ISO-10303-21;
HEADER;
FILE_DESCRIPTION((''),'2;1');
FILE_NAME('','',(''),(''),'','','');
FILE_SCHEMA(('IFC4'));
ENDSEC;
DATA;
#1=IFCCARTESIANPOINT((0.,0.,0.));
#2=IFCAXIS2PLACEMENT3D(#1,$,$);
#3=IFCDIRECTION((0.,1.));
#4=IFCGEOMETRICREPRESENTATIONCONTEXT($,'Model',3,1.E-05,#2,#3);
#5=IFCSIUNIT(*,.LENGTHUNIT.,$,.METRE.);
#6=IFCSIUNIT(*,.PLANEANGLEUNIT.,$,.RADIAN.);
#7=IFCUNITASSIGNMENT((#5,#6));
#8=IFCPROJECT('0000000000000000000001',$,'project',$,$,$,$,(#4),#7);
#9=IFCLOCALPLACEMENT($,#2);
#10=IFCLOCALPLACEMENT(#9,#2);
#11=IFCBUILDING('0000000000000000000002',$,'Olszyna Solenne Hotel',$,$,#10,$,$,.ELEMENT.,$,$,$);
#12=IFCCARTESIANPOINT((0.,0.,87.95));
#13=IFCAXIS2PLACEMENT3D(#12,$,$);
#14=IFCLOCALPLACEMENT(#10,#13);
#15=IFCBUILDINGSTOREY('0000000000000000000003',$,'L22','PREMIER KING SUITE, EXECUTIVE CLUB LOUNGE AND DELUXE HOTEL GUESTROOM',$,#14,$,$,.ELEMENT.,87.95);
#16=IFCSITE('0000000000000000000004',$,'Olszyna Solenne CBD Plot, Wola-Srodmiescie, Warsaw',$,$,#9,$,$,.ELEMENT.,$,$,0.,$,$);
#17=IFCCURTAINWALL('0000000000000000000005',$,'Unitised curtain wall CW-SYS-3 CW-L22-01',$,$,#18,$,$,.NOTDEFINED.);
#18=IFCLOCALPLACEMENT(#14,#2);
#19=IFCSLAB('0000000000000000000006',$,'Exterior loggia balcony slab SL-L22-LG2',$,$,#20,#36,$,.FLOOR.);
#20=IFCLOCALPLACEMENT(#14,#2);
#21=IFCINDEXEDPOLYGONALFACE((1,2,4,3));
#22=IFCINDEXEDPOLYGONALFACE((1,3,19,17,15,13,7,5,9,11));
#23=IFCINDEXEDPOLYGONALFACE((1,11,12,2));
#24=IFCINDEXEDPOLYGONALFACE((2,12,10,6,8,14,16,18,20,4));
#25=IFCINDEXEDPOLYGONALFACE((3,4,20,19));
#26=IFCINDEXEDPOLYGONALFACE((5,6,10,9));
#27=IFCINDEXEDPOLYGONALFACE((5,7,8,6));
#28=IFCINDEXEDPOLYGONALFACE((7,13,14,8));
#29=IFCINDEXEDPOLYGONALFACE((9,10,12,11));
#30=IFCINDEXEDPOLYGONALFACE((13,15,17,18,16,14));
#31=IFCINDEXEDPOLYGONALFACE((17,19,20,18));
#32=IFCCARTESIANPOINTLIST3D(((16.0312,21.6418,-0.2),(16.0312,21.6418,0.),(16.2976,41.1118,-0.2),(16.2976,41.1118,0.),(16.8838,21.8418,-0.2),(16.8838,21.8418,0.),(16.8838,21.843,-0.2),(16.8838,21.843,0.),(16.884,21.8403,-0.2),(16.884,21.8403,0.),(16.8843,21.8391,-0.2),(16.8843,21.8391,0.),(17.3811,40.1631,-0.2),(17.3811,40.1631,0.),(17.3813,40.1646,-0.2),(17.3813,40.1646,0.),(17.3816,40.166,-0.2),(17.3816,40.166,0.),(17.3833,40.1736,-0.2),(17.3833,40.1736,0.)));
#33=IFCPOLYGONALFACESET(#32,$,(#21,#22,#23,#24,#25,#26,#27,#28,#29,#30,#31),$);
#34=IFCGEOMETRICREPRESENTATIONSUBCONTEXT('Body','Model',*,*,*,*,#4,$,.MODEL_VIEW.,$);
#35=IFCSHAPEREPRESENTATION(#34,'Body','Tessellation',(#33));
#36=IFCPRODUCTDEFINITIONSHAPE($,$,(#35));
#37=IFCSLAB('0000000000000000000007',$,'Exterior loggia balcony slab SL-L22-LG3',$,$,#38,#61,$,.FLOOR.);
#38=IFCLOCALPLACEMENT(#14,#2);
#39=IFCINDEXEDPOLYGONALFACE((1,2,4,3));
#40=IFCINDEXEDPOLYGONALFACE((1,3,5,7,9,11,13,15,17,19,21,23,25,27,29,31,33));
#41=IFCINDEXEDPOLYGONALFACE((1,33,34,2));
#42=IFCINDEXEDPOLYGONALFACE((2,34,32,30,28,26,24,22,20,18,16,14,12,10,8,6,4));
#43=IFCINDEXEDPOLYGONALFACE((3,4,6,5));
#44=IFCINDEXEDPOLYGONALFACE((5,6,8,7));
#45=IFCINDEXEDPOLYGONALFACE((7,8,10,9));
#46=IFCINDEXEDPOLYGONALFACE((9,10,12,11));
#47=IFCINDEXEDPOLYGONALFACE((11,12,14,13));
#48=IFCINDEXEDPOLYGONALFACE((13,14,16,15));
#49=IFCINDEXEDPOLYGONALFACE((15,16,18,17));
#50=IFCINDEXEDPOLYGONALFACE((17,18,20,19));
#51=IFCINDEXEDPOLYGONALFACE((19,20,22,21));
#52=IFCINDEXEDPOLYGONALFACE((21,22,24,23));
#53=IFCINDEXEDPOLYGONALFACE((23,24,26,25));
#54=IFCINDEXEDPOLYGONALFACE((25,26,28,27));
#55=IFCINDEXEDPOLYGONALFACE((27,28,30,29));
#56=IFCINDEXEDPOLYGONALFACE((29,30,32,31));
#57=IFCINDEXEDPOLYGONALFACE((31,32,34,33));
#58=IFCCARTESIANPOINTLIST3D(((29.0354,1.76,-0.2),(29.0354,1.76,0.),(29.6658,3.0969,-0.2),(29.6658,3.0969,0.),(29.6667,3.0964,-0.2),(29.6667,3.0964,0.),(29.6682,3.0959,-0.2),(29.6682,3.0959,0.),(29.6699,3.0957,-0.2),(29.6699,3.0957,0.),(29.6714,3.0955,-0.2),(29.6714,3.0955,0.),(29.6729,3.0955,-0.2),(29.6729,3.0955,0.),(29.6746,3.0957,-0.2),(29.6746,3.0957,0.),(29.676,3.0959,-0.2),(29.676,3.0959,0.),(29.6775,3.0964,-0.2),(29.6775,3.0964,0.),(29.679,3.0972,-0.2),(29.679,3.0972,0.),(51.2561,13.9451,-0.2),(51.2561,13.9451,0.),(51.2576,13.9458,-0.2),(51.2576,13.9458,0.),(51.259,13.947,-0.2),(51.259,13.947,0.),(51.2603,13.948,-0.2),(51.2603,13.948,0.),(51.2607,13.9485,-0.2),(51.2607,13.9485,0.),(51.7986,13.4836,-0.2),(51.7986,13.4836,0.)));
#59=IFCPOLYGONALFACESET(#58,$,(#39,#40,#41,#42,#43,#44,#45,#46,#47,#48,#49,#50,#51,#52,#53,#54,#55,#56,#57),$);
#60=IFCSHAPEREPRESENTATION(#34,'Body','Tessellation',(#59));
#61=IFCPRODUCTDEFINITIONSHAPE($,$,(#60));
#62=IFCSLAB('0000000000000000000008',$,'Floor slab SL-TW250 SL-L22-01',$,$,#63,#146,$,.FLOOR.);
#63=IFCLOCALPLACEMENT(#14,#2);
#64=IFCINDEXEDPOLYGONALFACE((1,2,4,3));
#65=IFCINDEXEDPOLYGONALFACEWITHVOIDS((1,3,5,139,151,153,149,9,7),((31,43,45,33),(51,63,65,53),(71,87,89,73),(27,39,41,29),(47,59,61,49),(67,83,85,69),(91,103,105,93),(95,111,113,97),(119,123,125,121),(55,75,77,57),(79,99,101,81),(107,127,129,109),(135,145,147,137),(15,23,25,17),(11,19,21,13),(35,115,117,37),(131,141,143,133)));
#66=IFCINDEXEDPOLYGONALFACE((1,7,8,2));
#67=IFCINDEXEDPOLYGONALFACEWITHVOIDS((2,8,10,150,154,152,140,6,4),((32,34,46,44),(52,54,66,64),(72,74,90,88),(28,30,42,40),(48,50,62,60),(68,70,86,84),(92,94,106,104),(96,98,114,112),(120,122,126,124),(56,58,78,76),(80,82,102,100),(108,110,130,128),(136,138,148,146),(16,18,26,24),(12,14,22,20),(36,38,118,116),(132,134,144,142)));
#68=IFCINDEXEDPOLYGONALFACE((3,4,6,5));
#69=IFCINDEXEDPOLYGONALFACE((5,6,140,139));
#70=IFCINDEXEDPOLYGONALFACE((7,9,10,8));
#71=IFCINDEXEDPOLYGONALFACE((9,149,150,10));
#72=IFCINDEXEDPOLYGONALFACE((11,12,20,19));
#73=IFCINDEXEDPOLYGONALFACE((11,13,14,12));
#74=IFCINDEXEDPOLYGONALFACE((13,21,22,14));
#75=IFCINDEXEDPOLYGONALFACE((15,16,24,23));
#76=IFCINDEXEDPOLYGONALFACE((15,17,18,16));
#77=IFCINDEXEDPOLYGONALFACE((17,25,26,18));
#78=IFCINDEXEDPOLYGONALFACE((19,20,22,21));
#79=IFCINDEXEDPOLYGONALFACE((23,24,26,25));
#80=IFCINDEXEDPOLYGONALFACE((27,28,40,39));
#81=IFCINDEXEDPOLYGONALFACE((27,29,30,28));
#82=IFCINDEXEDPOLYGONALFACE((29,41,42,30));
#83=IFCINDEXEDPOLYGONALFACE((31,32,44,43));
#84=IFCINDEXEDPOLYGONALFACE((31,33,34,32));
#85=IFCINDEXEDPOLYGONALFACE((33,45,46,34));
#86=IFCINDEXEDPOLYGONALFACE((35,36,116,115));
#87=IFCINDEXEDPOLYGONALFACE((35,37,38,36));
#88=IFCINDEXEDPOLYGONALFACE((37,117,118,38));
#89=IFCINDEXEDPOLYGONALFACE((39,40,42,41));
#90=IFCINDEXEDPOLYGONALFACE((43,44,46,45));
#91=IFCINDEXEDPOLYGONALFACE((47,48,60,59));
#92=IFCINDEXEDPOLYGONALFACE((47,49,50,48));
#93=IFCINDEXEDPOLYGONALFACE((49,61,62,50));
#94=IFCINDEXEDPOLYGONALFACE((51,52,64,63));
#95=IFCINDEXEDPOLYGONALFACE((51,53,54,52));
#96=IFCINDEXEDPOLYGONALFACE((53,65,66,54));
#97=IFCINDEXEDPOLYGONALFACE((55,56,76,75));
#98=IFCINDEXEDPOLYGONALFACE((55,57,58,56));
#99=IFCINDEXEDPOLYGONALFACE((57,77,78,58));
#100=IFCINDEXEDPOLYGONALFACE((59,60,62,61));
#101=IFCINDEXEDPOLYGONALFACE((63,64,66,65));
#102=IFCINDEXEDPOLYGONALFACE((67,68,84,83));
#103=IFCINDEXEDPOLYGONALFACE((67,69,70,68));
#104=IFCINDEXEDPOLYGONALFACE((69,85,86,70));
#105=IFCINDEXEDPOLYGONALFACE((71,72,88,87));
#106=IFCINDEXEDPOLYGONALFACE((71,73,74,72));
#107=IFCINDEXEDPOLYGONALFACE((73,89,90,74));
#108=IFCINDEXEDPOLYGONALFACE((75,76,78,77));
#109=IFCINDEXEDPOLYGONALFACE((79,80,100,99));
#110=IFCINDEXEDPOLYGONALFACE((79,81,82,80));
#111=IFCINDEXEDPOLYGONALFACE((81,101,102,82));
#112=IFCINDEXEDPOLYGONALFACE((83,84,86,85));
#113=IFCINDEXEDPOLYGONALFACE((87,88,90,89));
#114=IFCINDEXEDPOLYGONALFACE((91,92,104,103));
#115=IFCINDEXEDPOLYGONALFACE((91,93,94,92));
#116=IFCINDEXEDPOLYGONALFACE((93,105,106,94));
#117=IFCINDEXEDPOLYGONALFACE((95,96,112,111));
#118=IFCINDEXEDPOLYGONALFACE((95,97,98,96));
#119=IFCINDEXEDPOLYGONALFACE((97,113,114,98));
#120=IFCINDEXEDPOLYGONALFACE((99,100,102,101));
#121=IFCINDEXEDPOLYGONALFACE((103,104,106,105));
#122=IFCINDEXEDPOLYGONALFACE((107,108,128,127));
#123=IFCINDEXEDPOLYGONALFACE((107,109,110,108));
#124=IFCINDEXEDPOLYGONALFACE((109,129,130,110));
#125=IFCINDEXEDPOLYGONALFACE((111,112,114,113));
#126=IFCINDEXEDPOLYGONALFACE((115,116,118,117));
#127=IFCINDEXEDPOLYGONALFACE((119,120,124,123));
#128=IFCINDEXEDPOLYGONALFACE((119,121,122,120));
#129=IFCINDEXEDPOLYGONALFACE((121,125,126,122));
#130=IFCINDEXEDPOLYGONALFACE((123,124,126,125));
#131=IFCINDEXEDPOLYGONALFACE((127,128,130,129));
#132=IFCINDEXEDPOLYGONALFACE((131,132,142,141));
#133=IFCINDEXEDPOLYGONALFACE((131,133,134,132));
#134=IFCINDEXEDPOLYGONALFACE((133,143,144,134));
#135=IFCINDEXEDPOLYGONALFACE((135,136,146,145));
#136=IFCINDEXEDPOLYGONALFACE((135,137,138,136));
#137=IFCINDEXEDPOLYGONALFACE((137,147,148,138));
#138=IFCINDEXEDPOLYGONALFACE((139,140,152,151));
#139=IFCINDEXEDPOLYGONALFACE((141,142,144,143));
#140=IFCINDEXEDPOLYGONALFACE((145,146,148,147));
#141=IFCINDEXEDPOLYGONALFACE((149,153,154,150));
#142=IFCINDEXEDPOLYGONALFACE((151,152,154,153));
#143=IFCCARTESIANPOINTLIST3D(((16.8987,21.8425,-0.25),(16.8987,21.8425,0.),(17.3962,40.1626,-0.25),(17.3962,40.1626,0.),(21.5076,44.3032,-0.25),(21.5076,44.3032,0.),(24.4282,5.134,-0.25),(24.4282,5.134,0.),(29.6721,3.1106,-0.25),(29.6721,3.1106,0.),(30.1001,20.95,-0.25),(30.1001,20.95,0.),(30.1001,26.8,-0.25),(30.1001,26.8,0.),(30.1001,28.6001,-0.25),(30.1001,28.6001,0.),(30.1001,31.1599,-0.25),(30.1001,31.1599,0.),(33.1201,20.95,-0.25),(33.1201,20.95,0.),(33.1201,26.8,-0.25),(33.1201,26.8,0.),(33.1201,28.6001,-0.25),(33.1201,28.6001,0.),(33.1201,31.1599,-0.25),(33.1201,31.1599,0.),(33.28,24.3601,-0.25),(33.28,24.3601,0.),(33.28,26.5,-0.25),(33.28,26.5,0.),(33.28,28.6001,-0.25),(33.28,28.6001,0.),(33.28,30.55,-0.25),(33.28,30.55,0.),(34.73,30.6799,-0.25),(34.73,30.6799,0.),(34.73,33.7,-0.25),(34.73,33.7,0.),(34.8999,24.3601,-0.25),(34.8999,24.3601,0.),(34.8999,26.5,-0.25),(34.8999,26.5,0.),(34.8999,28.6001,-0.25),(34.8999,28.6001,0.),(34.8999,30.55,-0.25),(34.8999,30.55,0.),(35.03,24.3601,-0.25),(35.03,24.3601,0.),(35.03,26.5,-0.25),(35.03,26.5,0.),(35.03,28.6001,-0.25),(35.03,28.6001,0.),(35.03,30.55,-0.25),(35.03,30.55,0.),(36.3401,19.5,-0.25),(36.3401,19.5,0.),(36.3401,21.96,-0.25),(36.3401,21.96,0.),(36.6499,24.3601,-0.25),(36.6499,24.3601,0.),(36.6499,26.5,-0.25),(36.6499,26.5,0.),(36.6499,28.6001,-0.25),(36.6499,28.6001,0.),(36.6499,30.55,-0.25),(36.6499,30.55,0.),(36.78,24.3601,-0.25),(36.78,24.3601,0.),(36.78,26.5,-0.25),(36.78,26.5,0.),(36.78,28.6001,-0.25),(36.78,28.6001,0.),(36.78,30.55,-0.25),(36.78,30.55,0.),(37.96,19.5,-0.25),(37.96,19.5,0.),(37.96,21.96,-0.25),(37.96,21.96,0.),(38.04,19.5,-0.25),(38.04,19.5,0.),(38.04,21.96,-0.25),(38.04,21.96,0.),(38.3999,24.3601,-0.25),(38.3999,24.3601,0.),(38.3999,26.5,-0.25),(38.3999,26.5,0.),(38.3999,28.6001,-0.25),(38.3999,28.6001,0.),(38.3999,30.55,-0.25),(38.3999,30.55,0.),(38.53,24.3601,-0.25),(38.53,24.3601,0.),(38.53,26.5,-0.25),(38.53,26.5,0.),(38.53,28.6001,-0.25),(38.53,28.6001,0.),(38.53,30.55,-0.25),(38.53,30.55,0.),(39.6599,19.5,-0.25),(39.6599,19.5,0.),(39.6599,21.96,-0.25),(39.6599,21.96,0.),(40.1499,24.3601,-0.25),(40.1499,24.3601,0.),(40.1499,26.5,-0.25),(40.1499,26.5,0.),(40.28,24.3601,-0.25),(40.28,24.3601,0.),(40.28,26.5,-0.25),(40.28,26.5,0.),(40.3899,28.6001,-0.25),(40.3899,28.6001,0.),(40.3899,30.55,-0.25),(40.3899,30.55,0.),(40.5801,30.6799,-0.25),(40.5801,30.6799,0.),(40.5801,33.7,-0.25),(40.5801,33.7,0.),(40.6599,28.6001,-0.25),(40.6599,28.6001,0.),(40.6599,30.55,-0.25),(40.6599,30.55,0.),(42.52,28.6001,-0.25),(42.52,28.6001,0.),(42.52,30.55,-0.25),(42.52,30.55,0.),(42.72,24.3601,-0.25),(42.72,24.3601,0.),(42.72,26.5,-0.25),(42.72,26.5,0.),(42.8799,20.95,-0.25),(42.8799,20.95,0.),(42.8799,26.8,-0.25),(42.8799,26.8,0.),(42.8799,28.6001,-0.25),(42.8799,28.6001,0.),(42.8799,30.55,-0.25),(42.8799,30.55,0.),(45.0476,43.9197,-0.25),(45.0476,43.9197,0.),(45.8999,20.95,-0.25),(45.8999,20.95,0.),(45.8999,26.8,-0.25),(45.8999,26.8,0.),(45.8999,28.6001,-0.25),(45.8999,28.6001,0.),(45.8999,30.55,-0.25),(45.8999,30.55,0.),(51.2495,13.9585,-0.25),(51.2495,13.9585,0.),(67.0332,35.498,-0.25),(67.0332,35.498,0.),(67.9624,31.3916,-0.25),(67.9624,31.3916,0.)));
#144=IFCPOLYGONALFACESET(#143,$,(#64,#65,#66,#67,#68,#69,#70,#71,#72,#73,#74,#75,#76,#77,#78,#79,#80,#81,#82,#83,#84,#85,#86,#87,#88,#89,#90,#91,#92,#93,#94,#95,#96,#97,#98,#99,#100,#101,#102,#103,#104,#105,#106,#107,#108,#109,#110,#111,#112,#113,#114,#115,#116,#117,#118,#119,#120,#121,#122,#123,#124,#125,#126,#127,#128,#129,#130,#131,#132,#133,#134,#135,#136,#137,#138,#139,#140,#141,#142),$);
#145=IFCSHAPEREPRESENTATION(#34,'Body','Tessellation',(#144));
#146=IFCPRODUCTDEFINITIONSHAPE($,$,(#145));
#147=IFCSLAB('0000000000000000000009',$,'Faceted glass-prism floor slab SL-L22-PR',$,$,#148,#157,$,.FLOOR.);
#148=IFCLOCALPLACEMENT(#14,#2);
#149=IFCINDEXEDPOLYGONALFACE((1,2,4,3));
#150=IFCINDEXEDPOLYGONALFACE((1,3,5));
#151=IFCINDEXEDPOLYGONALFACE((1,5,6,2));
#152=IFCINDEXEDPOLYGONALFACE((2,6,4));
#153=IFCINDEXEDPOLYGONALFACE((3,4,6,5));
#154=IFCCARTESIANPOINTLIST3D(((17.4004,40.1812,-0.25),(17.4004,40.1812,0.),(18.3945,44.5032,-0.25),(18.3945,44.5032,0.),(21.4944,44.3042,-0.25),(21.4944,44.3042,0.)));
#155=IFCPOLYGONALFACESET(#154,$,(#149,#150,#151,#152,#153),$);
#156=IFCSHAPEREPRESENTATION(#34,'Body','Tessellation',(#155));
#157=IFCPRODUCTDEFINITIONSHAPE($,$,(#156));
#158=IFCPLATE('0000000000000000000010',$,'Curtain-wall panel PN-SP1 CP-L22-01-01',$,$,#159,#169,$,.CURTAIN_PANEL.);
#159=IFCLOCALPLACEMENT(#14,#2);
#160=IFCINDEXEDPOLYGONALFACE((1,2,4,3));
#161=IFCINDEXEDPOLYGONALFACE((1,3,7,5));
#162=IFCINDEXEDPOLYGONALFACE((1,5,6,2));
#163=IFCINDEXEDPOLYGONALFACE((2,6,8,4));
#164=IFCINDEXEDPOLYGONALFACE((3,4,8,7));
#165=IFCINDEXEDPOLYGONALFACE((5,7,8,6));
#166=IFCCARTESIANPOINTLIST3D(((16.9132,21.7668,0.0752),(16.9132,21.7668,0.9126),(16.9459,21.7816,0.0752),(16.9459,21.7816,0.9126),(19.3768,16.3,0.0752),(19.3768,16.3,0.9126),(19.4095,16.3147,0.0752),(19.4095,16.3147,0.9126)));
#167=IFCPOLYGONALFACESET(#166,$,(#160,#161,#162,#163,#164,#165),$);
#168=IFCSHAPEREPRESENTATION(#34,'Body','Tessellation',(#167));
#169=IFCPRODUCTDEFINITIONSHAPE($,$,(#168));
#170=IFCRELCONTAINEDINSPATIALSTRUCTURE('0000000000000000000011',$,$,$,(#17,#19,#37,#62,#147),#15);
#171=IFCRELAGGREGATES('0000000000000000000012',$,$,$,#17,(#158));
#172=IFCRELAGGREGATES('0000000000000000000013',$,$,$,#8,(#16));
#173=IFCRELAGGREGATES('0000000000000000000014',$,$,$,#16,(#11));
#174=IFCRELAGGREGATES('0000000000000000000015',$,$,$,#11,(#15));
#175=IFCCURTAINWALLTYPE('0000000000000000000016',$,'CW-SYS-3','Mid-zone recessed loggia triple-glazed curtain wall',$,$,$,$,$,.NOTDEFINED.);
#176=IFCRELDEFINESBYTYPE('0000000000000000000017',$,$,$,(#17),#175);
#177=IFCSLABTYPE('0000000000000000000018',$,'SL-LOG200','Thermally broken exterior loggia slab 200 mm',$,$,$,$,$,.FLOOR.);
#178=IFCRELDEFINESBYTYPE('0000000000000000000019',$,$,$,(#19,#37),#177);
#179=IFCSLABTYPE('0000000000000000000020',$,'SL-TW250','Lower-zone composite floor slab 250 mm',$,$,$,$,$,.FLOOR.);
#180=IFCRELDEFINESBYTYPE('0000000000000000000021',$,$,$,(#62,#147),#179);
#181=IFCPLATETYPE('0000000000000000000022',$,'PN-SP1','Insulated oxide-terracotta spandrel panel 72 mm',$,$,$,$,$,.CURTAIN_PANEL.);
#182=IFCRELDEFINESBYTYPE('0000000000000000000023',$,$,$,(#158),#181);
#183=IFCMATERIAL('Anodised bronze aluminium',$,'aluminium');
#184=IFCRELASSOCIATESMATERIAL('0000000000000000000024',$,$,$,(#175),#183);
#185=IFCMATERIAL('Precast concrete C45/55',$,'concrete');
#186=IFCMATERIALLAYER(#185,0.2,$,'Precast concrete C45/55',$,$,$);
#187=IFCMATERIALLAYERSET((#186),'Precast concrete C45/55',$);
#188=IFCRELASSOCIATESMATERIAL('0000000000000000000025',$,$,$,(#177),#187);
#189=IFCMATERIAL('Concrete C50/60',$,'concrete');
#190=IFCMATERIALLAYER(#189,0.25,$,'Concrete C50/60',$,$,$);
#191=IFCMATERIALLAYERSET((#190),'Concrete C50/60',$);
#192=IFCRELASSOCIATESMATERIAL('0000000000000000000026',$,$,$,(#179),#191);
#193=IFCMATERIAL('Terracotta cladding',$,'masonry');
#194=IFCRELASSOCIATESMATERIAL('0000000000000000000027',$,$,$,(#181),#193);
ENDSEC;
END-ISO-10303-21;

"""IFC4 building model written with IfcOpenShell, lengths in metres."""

from ifc_helpers import new_model, si_unit, direction, frame, origin, origin_2d, place, context, subcontext, project, spatial, polyline, rectangle, outline, extrude, source, transform, mapped, material, layer, layer_set, type_object, element, aggregate, save


model = new_model("IFC4")

# Units and contexts
model_context = context("Model", 3, precision=1e-05, world=origin(), true_north=direction((0.0, 1.0)))
body_context = subcontext(model_context, "Body", "Model", "MODEL_VIEW")
ifc_project = project(units=[si_unit("LENGTHUNIT", "METRE"), si_unit("PLANEANGLEUNIT", "RADIAN")], contexts=[model_context])

# Site, building, storey
site_placement = place(None, origin())
site = spatial("IfcSite", under=ifc_project, at=site_placement, Name="Olszyna Solenne CBD Plot, Wola-Srodmiescie, Warsaw", CompositionType="ELEMENT", RefElevation=0.0)
building_placement = place(site_placement, origin())
building = spatial("IfcBuilding", under=site, at=building_placement, Name="Olszyna Solenne Hotel", CompositionType="ELEMENT")
storey_placement = place(building_placement, frame((0.0, 0.0, 87.95)))
storey = spatial("IfcBuildingStorey", under=building, at=storey_placement, Name="L22", Description="PREMIER KING SUITE, EXECUTIVE CLUB LOUNGE AND DELUXE HOTEL GUESTROOM", CompositionType="ELEMENT", Elevation=87.95)

# Curtain wall
ifc_material_1 = material(Name="Anodised bronze aluminium", Category="aluminium")
curtain_wall_type = type_object("IfcCurtainWallType", Name="CW-SYS-3", Description="Mid-zone recessed loggia triple-glazed curtain wall", PredefinedType="NOTDEFINED", material=ifc_material_1)
curtain_wall_placement = place(storey_placement, origin())
curtain_wall = element("IfcCurtainWall", 1, at=curtain_wall_placement, inside=storey, type_object=curtain_wall_type, Name="Unitised curtain wall CW-SYS-3 CW-L22-01", PredefinedType="NOTDEFINED")

# Slabs
ifc_material_2 = material(Name="Precast concrete C45/55", Category="concrete")
ifc_layer_1 = layer(ifc_material_2, 0.2, Name="Precast concrete C45/55")
ifc_layer_set_1 = layer_set([ifc_layer_1], Name="Precast concrete C45/55")
slab_type_1 = type_object("IfcSlabType", Name="SL-LOG200", Description="Thermally broken exterior loggia slab 200 mm", PredefinedType="FLOOR", material=ifc_layer_set_1)
slab_1_placement = place(storey_placement, frame((0.0, 0.0, -0.2)))
element("IfcSlab", 2, at=slab_1_placement, inside=storey, type_object=slab_type_1, Name="Exterior loggia balcony slab SL-L22-LG2", PredefinedType="FLOOR", context=body_context, shape_type="SweptSolid", body=[
    extrude(outline(polyline([(16.8843, 21.8391), (16.884, 21.8403), (16.8838, 21.8418), (16.8838, 21.843), (17.3811, 40.1631), (17.3813, 40.1646), (17.3816, 40.166), (17.3833, 40.1736), (16.2976, 41.1118), (16.0312, 21.6418), (16.8843, 21.8391)])), origin(), (0.0, 0.0, 1.0), 0.2),
])
slab_2_placement = place(storey_placement, frame((0.0, 0.0, -0.2)))
element("IfcSlab", 3, at=slab_2_placement, inside=storey, type_object=slab_type_1, Name="Exterior loggia balcony slab SL-L22-LG3", PredefinedType="FLOOR", context=body_context, shape_type="SweptSolid", body=[
    extrude(outline(polyline([(51.2607, 13.9485), (51.2603, 13.948), (51.259, 13.947), (51.2576, 13.9458), (51.2561, 13.9451), (29.679, 3.0972), (29.6775, 3.0964), (29.676, 3.0959), (29.6746, 3.0957), (29.6729, 3.0955), (29.6714, 3.0955), (29.6699, 3.0957), (29.6682, 3.0959), (29.6667, 3.0964), (29.6658, 3.0969), (29.0354, 1.76), (51.7986, 13.4836), (51.2607, 13.9485)])), origin(), (0.0, 0.0, 1.0), 0.2),
])
ifc_material_3 = material(Name="Concrete C50/60", Category="concrete")
ifc_layer_2 = layer(ifc_material_3, 0.25, Name="Concrete C50/60")
ifc_layer_set_2 = layer_set([ifc_layer_2], Name="Concrete C50/60")
slab_type_2 = type_object("IfcSlabType", Name="SL-TW250", Description="Lower-zone composite floor slab 250 mm", PredefinedType="FLOOR", material=ifc_layer_set_2)
slab_3_placement = place(storey_placement, frame((0.0, 0.0, -0.25)))
element("IfcSlab", 4, at=slab_3_placement, inside=storey, type_object=slab_type_2, Name="Floor slab SL-TW250 SL-L22-01", PredefinedType="FLOOR", context=body_context, shape_type="SweptSolid", body=[
    extrude(outline(polyline([(67.9624, 31.3916), (67.0332, 35.498), (45.0476, 43.9197), (21.5076, 44.3032), (17.3962, 40.1626), (16.8987, 21.8425), (24.4282, 5.134), (29.6721, 3.1106), (51.2495, 13.9585), (67.9624, 31.3916)]), holes=[polyline([(30.1001, 20.95), (33.1201, 20.95), (33.1201, 26.8), (30.1001, 26.8), (30.1001, 20.95)]), polyline([(42.8799, 20.95), (45.8999, 20.95), (45.8999, 26.8), (42.8799, 26.8), (42.8799, 20.95)]), polyline([(34.73, 30.6799), (40.5801, 30.6799), (40.5801, 33.7), (34.73, 33.7), (34.73, 30.6799)]), polyline([(36.3401, 19.5), (37.96, 19.5), (37.96, 21.96), (36.3401, 21.96), (36.3401, 19.5)]), polyline([(38.04, 19.5), (39.6599, 19.5), (39.6599, 21.96), (38.04, 21.96), (38.04, 19.5)]), polyline([(30.1001, 28.6001), (33.1201, 28.6001), (33.1201, 31.1599), (30.1001, 31.1599), (30.1001, 28.6001)]), polyline([(33.28, 24.3601), (34.8999, 24.3601), (34.8999, 26.5), (33.28, 26.5), (33.28, 24.3601)]), polyline([(35.03, 24.3601), (36.6499, 24.3601), (36.6499, 26.5), (35.03, 26.5), (35.03, 24.3601)]), polyline([(36.78, 24.3601), (38.3999, 24.3601), (38.3999, 26.5), (36.78, 26.5), (36.78, 24.3601)]), polyline([(38.53, 24.3601), (40.1499, 24.3601), (40.1499, 26.5), (38.53, 26.5), (38.53, 24.3601)]), polyline([(40.28, 24.3601), (42.72, 24.3601), (42.72, 26.5), (40.28, 26.5), (40.28, 24.3601)]), polyline([(33.28, 28.6001), (34.8999, 28.6001), (34.8999, 30.55), (33.28, 30.55), (33.28, 28.6001)]), polyline([(35.03, 28.6001), (36.6499, 28.6001), (36.6499, 30.55), (35.03, 30.55), (35.03, 28.6001)]), polyline([(36.78, 28.6001), (38.3999, 28.6001), (38.3999, 30.55), (36.78, 30.55), (36.78, 28.6001)]), polyline([(38.53, 28.6001), (40.3899, 28.6001), (40.3899, 30.55), (38.53, 30.55), (38.53, 28.6001)]), polyline([(40.6599, 28.6001), (42.52, 28.6001), (42.52, 30.55), (40.6599, 30.55), (40.6599, 28.6001)]), polyline([(42.8799, 28.6001), (45.8999, 28.6001), (45.8999, 30.55), (42.8799, 30.55), (42.8799, 28.6001)])]), origin(), (0.0, 0.0, 1.0), 0.25),
])
slab_4_placement = place(storey_placement, frame((0.0, 0.0, -0.25)))
element("IfcSlab", 5, at=slab_4_placement, inside=storey, type_object=slab_type_2, Name="Faceted glass-prism floor slab SL-L22-PR", PredefinedType="FLOOR", context=body_context, shape_type="SweptSolid", body=[
    extrude(outline(polyline([(17.4004, 40.1812), (21.4944, 44.3042), (18.3945, 44.5032), (17.4004, 40.1812)])), origin(), (0.0, 0.0, 1.0), 0.25),
])

# Plate
ifc_material_4 = material(Name="Terracotta cladding", Category="masonry")
plate_type_1 = type_object("IfcPlateType", Name="PN-SP1", Description="Insulated oxide-terracotta spandrel panel 72 mm", PredefinedType="CURTAIN_PANEL", material=ifc_material_4)
shared_shape_1 = source(origin(), body_context, "Body", "SweptSolid", [
    extrude(rectangle(XDim=5.9963, YDim=0.0359, at=origin_2d()), origin(), (0.0, 0.0, 1.0), 0.8374),
])
plate_1_placement = place(storey_placement, frame((18.1614, 19.0408, 0.0752), z_axis=(0.0, 0.0, 1.0), x_axis=(0.410847, -0.911704, 0.0)))
plate_1 = element("IfcPlate", 6, at=plate_1_placement, type_object=plate_type_1, Name="Curtain-wall panel PN-SP1 CP-L22-01-01", PredefinedType="CURTAIN_PANEL", context=body_context, shape_type="MappedRepresentation", body=[
    mapped(shared_shape_1, transform((0.0, 0.0, 0.0), x_axis=(1.0, 0.0, 0.0), y_axis=(0.0, 1.0, 0.0), z_axis=(0.0, 0.0, 1.0), scale=1.0)),
])
aggregate(curtain_wall, [plate_1])

save(model, "model.ifc")
